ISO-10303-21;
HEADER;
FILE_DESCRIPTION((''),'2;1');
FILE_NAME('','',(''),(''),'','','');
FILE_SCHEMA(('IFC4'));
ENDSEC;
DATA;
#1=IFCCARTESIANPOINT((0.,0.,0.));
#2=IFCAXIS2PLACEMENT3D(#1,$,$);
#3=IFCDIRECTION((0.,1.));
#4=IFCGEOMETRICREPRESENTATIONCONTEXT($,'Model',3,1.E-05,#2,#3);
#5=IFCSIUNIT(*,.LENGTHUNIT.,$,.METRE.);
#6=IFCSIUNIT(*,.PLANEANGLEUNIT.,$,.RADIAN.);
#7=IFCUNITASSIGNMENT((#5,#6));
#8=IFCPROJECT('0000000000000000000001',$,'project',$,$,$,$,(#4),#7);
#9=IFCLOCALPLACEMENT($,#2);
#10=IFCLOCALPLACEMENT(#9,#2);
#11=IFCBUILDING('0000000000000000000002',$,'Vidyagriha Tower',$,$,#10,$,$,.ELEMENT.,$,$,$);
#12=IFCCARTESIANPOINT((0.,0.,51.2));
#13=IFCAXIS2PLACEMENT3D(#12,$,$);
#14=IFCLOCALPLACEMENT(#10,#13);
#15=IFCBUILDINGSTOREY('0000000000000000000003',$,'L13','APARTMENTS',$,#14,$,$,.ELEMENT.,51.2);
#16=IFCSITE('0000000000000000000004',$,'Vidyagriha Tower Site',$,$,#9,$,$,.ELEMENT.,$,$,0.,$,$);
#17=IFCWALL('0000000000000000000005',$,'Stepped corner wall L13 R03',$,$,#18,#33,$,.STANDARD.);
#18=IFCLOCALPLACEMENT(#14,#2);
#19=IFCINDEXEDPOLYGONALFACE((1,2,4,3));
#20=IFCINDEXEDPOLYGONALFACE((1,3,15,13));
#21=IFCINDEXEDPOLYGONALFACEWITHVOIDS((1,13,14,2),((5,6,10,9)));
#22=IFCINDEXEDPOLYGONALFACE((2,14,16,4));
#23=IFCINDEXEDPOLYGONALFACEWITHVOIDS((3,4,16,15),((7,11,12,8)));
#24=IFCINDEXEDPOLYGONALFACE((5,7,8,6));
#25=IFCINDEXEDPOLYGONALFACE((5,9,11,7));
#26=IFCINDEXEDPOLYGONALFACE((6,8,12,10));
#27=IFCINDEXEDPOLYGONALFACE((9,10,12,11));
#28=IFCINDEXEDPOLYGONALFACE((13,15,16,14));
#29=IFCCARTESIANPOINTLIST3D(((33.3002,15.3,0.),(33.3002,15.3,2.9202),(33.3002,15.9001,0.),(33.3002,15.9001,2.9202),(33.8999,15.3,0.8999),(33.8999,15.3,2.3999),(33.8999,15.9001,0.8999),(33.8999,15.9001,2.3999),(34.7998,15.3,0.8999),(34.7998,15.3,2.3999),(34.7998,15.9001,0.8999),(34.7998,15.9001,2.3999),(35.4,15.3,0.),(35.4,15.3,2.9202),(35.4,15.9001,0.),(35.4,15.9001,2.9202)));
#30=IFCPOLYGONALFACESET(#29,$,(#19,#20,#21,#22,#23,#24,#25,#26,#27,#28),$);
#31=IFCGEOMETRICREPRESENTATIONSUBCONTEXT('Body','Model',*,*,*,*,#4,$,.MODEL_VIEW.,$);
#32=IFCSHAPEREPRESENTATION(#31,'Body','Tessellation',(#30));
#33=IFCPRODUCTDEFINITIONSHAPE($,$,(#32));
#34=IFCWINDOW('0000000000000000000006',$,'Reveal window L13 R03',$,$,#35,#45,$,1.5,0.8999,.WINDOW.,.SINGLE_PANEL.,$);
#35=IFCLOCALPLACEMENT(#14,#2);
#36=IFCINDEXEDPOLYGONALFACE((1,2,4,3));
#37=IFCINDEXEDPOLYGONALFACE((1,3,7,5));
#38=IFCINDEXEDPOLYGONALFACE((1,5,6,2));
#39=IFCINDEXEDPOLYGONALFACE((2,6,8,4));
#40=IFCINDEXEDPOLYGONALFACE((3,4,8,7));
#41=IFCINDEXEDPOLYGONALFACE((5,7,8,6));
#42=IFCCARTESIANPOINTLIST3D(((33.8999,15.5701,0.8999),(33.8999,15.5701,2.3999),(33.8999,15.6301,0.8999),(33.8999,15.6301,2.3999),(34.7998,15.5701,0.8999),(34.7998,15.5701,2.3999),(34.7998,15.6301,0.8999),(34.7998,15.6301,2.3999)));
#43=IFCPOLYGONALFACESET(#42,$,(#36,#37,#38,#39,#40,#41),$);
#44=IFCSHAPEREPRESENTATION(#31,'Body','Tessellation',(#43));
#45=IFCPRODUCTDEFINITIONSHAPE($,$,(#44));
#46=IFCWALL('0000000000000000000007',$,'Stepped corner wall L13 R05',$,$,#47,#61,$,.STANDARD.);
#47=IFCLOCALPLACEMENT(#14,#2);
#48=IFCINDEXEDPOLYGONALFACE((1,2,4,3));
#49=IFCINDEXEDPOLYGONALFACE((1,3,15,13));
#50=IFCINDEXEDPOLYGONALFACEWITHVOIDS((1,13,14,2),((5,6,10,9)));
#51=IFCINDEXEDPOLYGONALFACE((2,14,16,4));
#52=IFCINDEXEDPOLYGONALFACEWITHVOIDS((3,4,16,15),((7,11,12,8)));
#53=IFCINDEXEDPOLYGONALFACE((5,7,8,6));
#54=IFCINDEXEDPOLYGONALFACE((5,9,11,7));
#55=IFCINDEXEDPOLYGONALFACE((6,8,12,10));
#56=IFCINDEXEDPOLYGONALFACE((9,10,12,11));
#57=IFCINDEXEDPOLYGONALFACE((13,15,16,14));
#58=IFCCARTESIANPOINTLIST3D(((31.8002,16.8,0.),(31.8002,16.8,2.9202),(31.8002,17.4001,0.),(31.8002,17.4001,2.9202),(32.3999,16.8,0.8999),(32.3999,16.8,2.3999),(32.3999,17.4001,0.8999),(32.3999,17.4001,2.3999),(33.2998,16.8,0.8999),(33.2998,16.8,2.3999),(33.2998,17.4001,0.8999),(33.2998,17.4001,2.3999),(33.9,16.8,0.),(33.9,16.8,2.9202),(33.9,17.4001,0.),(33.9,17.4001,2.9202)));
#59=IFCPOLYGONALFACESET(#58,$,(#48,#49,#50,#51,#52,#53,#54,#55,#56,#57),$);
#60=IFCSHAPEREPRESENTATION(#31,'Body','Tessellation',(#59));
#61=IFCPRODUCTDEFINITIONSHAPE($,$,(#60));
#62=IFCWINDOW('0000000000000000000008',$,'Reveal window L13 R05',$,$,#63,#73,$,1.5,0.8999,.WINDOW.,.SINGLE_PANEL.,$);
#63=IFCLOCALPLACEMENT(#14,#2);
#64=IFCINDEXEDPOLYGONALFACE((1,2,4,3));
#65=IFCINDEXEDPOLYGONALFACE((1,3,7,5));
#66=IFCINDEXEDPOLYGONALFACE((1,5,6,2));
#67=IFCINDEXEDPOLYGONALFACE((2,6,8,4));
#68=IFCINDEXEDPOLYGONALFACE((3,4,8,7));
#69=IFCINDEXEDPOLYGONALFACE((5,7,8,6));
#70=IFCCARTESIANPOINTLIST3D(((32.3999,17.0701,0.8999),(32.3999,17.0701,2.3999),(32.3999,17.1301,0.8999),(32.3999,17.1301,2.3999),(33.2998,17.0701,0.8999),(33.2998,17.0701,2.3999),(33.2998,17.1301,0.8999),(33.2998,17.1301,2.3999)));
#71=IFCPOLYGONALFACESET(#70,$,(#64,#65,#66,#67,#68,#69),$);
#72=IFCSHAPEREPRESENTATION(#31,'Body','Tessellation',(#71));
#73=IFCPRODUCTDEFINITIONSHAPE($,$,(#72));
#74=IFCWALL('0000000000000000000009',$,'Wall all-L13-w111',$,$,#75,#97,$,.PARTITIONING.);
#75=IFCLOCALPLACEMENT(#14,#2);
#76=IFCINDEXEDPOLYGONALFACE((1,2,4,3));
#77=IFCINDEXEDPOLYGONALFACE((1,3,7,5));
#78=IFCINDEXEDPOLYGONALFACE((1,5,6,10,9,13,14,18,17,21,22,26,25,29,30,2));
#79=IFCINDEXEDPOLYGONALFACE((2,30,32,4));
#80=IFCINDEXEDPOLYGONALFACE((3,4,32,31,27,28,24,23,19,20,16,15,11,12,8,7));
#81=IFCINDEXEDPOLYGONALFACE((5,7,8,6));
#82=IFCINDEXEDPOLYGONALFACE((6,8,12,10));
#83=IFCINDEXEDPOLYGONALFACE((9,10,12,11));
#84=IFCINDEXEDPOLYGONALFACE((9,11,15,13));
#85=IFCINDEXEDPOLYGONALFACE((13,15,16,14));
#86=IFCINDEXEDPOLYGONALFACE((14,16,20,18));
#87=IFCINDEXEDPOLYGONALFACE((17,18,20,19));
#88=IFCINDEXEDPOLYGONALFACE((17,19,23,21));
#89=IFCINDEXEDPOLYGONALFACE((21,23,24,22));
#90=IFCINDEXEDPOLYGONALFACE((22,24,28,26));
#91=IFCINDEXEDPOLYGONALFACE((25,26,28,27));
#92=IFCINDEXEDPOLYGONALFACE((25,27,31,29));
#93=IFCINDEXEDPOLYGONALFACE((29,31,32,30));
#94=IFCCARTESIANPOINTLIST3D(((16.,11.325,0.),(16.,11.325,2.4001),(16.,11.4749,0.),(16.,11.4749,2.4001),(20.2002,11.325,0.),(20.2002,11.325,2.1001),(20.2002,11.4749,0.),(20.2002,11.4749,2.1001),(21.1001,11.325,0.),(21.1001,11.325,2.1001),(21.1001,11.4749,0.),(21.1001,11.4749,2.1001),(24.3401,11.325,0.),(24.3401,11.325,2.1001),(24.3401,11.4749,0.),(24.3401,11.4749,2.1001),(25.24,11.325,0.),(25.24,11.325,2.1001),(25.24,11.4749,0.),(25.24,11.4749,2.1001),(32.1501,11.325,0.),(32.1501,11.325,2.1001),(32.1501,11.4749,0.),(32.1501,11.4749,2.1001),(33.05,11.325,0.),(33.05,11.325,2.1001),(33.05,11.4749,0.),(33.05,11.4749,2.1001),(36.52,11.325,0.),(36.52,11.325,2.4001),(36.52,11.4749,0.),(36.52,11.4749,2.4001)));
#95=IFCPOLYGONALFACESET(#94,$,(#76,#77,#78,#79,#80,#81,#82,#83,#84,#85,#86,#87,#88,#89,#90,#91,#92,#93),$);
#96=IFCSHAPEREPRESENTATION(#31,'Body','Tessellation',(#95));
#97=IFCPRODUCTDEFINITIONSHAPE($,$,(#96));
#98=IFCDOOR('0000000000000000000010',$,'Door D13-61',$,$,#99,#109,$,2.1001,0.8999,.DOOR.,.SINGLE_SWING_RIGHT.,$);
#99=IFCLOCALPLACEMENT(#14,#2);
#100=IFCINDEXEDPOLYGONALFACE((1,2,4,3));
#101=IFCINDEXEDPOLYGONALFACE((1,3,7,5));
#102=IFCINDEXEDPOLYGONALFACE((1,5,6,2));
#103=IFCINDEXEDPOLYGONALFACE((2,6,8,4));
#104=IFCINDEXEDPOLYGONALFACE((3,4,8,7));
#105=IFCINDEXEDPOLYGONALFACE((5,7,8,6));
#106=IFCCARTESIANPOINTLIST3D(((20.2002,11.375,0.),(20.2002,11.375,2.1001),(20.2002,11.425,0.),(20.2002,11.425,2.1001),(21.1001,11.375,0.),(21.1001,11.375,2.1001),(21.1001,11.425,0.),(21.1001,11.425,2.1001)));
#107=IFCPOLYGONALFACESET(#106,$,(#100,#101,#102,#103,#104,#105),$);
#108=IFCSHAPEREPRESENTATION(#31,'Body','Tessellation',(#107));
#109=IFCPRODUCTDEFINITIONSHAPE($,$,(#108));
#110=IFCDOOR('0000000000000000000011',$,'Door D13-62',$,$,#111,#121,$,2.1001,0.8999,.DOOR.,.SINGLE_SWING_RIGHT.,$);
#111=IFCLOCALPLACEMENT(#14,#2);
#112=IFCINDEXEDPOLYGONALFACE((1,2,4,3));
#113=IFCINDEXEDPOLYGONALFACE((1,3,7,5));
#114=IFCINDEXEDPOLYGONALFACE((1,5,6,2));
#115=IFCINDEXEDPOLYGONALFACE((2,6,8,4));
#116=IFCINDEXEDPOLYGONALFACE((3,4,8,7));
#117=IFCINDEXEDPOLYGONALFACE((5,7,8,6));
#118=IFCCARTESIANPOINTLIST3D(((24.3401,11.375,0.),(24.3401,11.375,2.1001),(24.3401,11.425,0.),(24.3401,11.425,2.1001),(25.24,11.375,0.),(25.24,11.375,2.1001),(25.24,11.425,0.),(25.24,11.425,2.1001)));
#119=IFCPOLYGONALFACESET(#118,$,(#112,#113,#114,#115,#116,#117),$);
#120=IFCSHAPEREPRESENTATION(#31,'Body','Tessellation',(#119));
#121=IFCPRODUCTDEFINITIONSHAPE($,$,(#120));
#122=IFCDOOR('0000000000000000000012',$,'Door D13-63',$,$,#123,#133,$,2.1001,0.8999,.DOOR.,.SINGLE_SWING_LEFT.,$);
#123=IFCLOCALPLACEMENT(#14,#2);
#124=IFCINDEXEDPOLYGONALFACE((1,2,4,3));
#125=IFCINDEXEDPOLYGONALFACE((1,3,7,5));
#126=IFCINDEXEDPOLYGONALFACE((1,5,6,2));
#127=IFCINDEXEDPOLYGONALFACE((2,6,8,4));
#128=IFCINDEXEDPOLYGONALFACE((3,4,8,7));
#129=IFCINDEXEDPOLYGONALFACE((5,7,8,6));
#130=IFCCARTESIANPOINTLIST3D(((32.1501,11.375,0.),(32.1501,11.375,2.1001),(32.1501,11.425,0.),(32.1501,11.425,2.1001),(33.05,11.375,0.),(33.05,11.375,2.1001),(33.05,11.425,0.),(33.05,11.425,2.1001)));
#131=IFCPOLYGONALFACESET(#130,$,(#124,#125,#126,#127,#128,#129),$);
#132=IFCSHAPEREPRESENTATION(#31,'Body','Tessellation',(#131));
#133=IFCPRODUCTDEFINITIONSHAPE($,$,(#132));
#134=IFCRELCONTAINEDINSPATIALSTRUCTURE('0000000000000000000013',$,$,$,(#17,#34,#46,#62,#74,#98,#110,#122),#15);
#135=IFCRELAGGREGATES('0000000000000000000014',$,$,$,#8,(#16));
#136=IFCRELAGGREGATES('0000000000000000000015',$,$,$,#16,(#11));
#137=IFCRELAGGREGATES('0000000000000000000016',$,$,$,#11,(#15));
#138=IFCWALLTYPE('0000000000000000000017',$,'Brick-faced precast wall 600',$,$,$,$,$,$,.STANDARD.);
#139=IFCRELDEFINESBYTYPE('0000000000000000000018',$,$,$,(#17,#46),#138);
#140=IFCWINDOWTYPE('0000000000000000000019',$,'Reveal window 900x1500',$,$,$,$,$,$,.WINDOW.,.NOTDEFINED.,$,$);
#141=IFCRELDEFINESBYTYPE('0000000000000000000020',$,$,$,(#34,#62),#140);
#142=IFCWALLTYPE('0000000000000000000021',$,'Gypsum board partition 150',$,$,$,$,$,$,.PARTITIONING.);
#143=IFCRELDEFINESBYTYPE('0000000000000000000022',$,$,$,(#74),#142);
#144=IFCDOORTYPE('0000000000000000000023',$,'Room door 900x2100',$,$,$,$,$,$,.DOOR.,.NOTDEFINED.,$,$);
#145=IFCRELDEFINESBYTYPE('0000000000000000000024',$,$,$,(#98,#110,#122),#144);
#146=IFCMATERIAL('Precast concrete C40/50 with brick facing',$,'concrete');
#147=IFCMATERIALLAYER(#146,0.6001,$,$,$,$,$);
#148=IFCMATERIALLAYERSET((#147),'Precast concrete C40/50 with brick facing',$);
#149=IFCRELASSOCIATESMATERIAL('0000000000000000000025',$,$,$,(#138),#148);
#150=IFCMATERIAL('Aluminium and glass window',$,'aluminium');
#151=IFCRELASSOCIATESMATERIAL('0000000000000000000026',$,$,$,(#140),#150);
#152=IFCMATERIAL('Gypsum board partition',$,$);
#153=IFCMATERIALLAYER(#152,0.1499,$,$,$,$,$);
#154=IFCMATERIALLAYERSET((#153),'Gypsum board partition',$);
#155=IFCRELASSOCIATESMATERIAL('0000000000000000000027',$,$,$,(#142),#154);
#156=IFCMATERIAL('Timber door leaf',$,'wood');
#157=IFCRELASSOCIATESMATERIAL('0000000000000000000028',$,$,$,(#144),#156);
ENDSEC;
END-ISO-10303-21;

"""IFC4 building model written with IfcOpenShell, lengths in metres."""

from ifc_helpers import new_model, si_unit, direction, frame, frame_2d, origin, place, context, subcontext, project, spatial, rectangle, extrude, material, layer, layer_set, type_object, element, fill, save


model = new_model("IFC4")

# Units and contexts
model_context = context("Model", 3, precision=1e-05, world=origin(), true_north=direction((0.0, 1.0)))
body_context = subcontext(model_context, "Body", "Model", "MODEL_VIEW")
ifc_project = project(units=[si_unit("LENGTHUNIT", "METRE"), si_unit("PLANEANGLEUNIT", "RADIAN")], contexts=[model_context])

# Site, building, storey
site_placement = place(None, origin())
site = spatial("IfcSite", under=ifc_project, at=site_placement, Name="Vidyagriha Tower Site", CompositionType="ELEMENT", RefElevation=0.0)
building_placement = place(site_placement, origin())
building = spatial("IfcBuilding", under=site, at=building_placement, Name="Vidyagriha Tower", CompositionType="ELEMENT")
storey_placement = place(building_placement, frame((0.0, 0.0, 51.2)))
storey = spatial("IfcBuildingStorey", under=building, at=storey_placement, Name="L13", Description="APARTMENTS", CompositionType="ELEMENT", Elevation=51.2)

# Shared definitions
ifc_material_1 = material(Name="Precast concrete C40/50 with brick facing", Category="concrete")
ifc_layer_1 = layer(ifc_material_1, 0.6001)
ifc_layer_set_1 = layer_set([ifc_layer_1], Name="Precast concrete C40/50 with brick facing")
wall_type_1 = type_object("IfcWallType", Name="Brick-faced precast wall 600", PredefinedType="STANDARD", material=ifc_layer_set_1)
ifc_material_2 = material(Name="Aluminium and glass window", Category="aluminium")
window_type = type_object("IfcWindowType", Name="Reveal window 900x1500", PartitioningType="NOTDEFINED", PredefinedType="WINDOW", material=ifc_material_2)

# Walls, openings, windows
wall_1_placement = place(storey_placement, frame((35.3999, 15.6001, 0.0), z_axis=(0.0, 0.0, 1.0), x_axis=(-1.0, 0.0, 0.0)))
wall_1 = element("IfcWall", 1, at=wall_1_placement, inside=storey, type_object=wall_type_1, Name="Stepped corner wall L13 R03", PredefinedType="STANDARD", context=body_context, shape_type="SweptSolid", body=[
    extrude(rectangle(XDim=2.0999, YDim=0.6001, at=frame_2d((1.0498, 0.0))), origin(), (0.0, 0.0, 1.0), 2.9202),
])
opening_1_placement = place(wall_1_placement, frame((0.6001, 0.0, 0.8999)))
opening_1 = element("IfcOpeningElement", 2, at=opening_1_placement, cuts=wall_1, PredefinedType="OPENING", context=body_context, shape_type="SweptSolid", body=[
    extrude(rectangle(XDim=0.8999, YDim=1.5, at=frame_2d((0.45, 0.75))), frame((0.0, 0.3101, 0.0), z_axis=(0.0, -1.0, 0.0), x_axis=(1.0, 0.0, 0.0)), (0.0, 0.0, 1.0), 0.6201),
])
window_1_placement = place(opening_1_placement, origin())
window_1 = element("IfcWindow", 3, at=window_1_placement, inside=storey, type_object=window_type, Name="Reveal window L13 R03", OverallHeight=1.5, OverallWidth=0.8999, PartitioningType="SINGLE_PANEL", PredefinedType="WINDOW", context=body_context, shape_type="SweptSolid", body=[
    extrude(rectangle(XDim=0.8999, YDim=1.5, at=frame_2d((0.45, 0.75))), frame((0.0, 0.03, 0.0), z_axis=(0.0, -1.0, 0.0), x_axis=(1.0, 0.0, 0.0)), (0.0, 0.0, 1.0), 0.0601),
])
fill(opening_1, window_1)
wall_2_placement = place(storey_placement, frame((33.8999, 17.1001, 0.0), z_axis=(0.0, 0.0, 1.0), x_axis=(-1.0, 0.0, 0.0)))
wall_2 = element("IfcWall", 4, at=wall_2_placement, inside=storey, type_object=wall_type_1, Name="Stepped corner wall L13 R05", PredefinedType="STANDARD", context=body_context, shape_type="SweptSolid", body=[
    extrude(rectangle(XDim=2.0999, YDim=0.6001, at=frame_2d((1.0498, 0.0))), origin(), (0.0, 0.0, 1.0), 2.9202),
])
opening_2_placement = place(wall_2_placement, frame((0.6001, 0.0, 0.8999)))
opening_2 = element("IfcOpeningElement", 5, at=opening_2_placement, cuts=wall_2, PredefinedType="OPENING", context=body_context, shape_type="SweptSolid", body=[
    extrude(rectangle(XDim=0.8999, YDim=1.5, at=frame_2d((0.45, 0.75))), frame((0.0, 0.3101, 0.0), z_axis=(0.0, -1.0, 0.0), x_axis=(1.0, 0.0, 0.0)), (0.0, 0.0, 1.0), 0.6201),
])
window_2_placement = place(opening_2_placement, origin())
window_2 = element("IfcWindow", 6, at=window_2_placement, inside=storey, type_object=window_type, Name="Reveal window L13 R05", OverallHeight=1.5, OverallWidth=0.8999, PartitioningType="SINGLE_PANEL", PredefinedType="WINDOW", context=body_context, shape_type="SweptSolid", body=[
    extrude(rectangle(XDim=0.8999, YDim=1.5, at=frame_2d((0.45, 0.75))), frame((0.0, 0.03, 0.0), z_axis=(0.0, -1.0, 0.0), x_axis=(1.0, 0.0, 0.0)), (0.0, 0.0, 1.0), 0.0601),
])
fill(opening_2, window_2)

# Wall, openings, doors
ifc_material_3 = material(Name="Gypsum board partition")
ifc_layer_2 = layer(ifc_material_3, 0.1499)
ifc_layer_set_2 = layer_set([ifc_layer_2], Name="Gypsum board partition")
wall_type_2 = type_object("IfcWallType", Name="Gypsum board partition 150", PredefinedType="PARTITIONING", material=ifc_layer_set_2)
wall_3_placement = place(storey_placement, frame((36.52, 11.3999, 0.0), z_axis=(0.0, 0.0, 1.0), x_axis=(-1.0, 0.0, 0.0)))
wall_3 = element("IfcWall", 7, at=wall_3_placement, inside=storey, type_object=wall_type_2, Name="Wall all-L13-w111", PredefinedType="PARTITIONING", context=body_context, shape_type="SweptSolid", body=[
    extrude(rectangle(XDim=20.52, YDim=0.1499, at=frame_2d((10.26, 0.0))), origin(), (0.0, 0.0, 1.0), 2.4001),
])
opening_3_placement = place(wall_3_placement, frame((15.4199, 0.0, 0.0)))
opening_3 = element("IfcOpeningElement", 8, at=opening_3_placement, cuts=wall_3, PredefinedType="OPENING", context=body_context, shape_type="SweptSolid", body=[
    extrude(rectangle(XDim=0.8999, YDim=2.1001, at=frame_2d((0.45, 1.05))), frame((0.0, 0.085, 0.0), z_axis=(0.0, -1.0, 0.0), x_axis=(1.0, 0.0, 0.0)), (0.0, 0.0, 1.0), 0.1699),
])
opening_4_placement = place(wall_3_placement, frame((11.28, 0.0, 0.0)))
opening_4 = element("IfcOpeningElement", 9, at=opening_4_placement, cuts=wall_3, PredefinedType="OPENING", context=body_context, shape_type="SweptSolid", body=[
    extrude(rectangle(XDim=0.8999, YDim=2.1001, at=frame_2d((0.45, 1.05))), frame((0.0, 0.085, 0.0), z_axis=(0.0, -1.0, 0.0), x_axis=(1.0, 0.0, 0.0)), (0.0, 0.0, 1.0), 0.1699),
])
opening_5_placement = place(wall_3_placement, frame((3.47, 0.0, 0.0)))
opening_5 = element("IfcOpeningElement", 10, at=opening_5_placement, cuts=wall_3, PredefinedType="OPENING", context=body_context, shape_type="SweptSolid", body=[
    extrude(rectangle(XDim=0.8999, YDim=2.1001, at=frame_2d((0.45, 1.05))), frame((0.0, 0.085, 0.0), z_axis=(0.0, -1.0, 0.0), x_axis=(1.0, 0.0, 0.0)), (0.0, 0.0, 1.0), 0.1699),
])
ifc_material_4 = material(Name="Timber door leaf", Category="wood")
door_type = type_object("IfcDoorType", Name="Room door 900x2100", OperationType="NOTDEFINED", PredefinedType="DOOR", material=ifc_material_4)
door_1_placement = place(opening_3_placement, origin())
door_1 = element("IfcDoor", 11, at=door_1_placement, inside=storey, type_object=door_type, Name="Door D13-61", OperationType="SINGLE_SWING_RIGHT", OverallHeight=2.1001, OverallWidth=0.8999, PredefinedType="DOOR", context=body_context, shape_type="SweptSolid", body=[
    extrude(rectangle(XDim=0.8999, YDim=2.1001, at=frame_2d((0.45, 1.05))), frame((0.0, 0.0249, 0.0), z_axis=(0.0, -1.0, 0.0), x_axis=(1.0, 0.0, 0.0)), (0.0, 0.0, 1.0), 0.05),
])
fill(opening_3, door_1)
door_2_placement = place(opening_4_placement, origin())
door_2 = element("IfcDoor", 12, at=door_2_placement, inside=storey, type_object=door_type, Name="Door D13-62", OperationType="SINGLE_SWING_RIGHT", OverallHeight=2.1001, OverallWidth=0.8999, PredefinedType="DOOR", context=body_context, shape_type="SweptSolid", body=[
    extrude(rectangle(XDim=0.8999, YDim=2.1001, at=frame_2d((0.45, 1.05))), frame((0.0, 0.0249, 0.0), z_axis=(0.0, -1.0, 0.0), x_axis=(1.0, 0.0, 0.0)), (0.0, 0.0, 1.0), 0.05),
])
fill(opening_4, door_2)
door_3_placement = place(opening_5_placement, origin())
door_3 = element("IfcDoor", 13, at=door_3_placement, inside=storey, type_object=door_type, Name="Door D13-63", OperationType="SINGLE_SWING_LEFT", OverallHeight=2.1001, OverallWidth=0.8999, PredefinedType="DOOR", context=body_context, shape_type="SweptSolid", body=[
    extrude(rectangle(XDim=0.8999, YDim=2.1001, at=frame_2d((0.45, 1.05))), frame((0.0, 0.0249, 0.0), z_axis=(0.0, -1.0, 0.0), x_axis=(1.0, 0.0, 0.0)), (0.0, 0.0, 1.0), 0.05),
])
fill(opening_5, door_3)

save(model, "model.ifc")
